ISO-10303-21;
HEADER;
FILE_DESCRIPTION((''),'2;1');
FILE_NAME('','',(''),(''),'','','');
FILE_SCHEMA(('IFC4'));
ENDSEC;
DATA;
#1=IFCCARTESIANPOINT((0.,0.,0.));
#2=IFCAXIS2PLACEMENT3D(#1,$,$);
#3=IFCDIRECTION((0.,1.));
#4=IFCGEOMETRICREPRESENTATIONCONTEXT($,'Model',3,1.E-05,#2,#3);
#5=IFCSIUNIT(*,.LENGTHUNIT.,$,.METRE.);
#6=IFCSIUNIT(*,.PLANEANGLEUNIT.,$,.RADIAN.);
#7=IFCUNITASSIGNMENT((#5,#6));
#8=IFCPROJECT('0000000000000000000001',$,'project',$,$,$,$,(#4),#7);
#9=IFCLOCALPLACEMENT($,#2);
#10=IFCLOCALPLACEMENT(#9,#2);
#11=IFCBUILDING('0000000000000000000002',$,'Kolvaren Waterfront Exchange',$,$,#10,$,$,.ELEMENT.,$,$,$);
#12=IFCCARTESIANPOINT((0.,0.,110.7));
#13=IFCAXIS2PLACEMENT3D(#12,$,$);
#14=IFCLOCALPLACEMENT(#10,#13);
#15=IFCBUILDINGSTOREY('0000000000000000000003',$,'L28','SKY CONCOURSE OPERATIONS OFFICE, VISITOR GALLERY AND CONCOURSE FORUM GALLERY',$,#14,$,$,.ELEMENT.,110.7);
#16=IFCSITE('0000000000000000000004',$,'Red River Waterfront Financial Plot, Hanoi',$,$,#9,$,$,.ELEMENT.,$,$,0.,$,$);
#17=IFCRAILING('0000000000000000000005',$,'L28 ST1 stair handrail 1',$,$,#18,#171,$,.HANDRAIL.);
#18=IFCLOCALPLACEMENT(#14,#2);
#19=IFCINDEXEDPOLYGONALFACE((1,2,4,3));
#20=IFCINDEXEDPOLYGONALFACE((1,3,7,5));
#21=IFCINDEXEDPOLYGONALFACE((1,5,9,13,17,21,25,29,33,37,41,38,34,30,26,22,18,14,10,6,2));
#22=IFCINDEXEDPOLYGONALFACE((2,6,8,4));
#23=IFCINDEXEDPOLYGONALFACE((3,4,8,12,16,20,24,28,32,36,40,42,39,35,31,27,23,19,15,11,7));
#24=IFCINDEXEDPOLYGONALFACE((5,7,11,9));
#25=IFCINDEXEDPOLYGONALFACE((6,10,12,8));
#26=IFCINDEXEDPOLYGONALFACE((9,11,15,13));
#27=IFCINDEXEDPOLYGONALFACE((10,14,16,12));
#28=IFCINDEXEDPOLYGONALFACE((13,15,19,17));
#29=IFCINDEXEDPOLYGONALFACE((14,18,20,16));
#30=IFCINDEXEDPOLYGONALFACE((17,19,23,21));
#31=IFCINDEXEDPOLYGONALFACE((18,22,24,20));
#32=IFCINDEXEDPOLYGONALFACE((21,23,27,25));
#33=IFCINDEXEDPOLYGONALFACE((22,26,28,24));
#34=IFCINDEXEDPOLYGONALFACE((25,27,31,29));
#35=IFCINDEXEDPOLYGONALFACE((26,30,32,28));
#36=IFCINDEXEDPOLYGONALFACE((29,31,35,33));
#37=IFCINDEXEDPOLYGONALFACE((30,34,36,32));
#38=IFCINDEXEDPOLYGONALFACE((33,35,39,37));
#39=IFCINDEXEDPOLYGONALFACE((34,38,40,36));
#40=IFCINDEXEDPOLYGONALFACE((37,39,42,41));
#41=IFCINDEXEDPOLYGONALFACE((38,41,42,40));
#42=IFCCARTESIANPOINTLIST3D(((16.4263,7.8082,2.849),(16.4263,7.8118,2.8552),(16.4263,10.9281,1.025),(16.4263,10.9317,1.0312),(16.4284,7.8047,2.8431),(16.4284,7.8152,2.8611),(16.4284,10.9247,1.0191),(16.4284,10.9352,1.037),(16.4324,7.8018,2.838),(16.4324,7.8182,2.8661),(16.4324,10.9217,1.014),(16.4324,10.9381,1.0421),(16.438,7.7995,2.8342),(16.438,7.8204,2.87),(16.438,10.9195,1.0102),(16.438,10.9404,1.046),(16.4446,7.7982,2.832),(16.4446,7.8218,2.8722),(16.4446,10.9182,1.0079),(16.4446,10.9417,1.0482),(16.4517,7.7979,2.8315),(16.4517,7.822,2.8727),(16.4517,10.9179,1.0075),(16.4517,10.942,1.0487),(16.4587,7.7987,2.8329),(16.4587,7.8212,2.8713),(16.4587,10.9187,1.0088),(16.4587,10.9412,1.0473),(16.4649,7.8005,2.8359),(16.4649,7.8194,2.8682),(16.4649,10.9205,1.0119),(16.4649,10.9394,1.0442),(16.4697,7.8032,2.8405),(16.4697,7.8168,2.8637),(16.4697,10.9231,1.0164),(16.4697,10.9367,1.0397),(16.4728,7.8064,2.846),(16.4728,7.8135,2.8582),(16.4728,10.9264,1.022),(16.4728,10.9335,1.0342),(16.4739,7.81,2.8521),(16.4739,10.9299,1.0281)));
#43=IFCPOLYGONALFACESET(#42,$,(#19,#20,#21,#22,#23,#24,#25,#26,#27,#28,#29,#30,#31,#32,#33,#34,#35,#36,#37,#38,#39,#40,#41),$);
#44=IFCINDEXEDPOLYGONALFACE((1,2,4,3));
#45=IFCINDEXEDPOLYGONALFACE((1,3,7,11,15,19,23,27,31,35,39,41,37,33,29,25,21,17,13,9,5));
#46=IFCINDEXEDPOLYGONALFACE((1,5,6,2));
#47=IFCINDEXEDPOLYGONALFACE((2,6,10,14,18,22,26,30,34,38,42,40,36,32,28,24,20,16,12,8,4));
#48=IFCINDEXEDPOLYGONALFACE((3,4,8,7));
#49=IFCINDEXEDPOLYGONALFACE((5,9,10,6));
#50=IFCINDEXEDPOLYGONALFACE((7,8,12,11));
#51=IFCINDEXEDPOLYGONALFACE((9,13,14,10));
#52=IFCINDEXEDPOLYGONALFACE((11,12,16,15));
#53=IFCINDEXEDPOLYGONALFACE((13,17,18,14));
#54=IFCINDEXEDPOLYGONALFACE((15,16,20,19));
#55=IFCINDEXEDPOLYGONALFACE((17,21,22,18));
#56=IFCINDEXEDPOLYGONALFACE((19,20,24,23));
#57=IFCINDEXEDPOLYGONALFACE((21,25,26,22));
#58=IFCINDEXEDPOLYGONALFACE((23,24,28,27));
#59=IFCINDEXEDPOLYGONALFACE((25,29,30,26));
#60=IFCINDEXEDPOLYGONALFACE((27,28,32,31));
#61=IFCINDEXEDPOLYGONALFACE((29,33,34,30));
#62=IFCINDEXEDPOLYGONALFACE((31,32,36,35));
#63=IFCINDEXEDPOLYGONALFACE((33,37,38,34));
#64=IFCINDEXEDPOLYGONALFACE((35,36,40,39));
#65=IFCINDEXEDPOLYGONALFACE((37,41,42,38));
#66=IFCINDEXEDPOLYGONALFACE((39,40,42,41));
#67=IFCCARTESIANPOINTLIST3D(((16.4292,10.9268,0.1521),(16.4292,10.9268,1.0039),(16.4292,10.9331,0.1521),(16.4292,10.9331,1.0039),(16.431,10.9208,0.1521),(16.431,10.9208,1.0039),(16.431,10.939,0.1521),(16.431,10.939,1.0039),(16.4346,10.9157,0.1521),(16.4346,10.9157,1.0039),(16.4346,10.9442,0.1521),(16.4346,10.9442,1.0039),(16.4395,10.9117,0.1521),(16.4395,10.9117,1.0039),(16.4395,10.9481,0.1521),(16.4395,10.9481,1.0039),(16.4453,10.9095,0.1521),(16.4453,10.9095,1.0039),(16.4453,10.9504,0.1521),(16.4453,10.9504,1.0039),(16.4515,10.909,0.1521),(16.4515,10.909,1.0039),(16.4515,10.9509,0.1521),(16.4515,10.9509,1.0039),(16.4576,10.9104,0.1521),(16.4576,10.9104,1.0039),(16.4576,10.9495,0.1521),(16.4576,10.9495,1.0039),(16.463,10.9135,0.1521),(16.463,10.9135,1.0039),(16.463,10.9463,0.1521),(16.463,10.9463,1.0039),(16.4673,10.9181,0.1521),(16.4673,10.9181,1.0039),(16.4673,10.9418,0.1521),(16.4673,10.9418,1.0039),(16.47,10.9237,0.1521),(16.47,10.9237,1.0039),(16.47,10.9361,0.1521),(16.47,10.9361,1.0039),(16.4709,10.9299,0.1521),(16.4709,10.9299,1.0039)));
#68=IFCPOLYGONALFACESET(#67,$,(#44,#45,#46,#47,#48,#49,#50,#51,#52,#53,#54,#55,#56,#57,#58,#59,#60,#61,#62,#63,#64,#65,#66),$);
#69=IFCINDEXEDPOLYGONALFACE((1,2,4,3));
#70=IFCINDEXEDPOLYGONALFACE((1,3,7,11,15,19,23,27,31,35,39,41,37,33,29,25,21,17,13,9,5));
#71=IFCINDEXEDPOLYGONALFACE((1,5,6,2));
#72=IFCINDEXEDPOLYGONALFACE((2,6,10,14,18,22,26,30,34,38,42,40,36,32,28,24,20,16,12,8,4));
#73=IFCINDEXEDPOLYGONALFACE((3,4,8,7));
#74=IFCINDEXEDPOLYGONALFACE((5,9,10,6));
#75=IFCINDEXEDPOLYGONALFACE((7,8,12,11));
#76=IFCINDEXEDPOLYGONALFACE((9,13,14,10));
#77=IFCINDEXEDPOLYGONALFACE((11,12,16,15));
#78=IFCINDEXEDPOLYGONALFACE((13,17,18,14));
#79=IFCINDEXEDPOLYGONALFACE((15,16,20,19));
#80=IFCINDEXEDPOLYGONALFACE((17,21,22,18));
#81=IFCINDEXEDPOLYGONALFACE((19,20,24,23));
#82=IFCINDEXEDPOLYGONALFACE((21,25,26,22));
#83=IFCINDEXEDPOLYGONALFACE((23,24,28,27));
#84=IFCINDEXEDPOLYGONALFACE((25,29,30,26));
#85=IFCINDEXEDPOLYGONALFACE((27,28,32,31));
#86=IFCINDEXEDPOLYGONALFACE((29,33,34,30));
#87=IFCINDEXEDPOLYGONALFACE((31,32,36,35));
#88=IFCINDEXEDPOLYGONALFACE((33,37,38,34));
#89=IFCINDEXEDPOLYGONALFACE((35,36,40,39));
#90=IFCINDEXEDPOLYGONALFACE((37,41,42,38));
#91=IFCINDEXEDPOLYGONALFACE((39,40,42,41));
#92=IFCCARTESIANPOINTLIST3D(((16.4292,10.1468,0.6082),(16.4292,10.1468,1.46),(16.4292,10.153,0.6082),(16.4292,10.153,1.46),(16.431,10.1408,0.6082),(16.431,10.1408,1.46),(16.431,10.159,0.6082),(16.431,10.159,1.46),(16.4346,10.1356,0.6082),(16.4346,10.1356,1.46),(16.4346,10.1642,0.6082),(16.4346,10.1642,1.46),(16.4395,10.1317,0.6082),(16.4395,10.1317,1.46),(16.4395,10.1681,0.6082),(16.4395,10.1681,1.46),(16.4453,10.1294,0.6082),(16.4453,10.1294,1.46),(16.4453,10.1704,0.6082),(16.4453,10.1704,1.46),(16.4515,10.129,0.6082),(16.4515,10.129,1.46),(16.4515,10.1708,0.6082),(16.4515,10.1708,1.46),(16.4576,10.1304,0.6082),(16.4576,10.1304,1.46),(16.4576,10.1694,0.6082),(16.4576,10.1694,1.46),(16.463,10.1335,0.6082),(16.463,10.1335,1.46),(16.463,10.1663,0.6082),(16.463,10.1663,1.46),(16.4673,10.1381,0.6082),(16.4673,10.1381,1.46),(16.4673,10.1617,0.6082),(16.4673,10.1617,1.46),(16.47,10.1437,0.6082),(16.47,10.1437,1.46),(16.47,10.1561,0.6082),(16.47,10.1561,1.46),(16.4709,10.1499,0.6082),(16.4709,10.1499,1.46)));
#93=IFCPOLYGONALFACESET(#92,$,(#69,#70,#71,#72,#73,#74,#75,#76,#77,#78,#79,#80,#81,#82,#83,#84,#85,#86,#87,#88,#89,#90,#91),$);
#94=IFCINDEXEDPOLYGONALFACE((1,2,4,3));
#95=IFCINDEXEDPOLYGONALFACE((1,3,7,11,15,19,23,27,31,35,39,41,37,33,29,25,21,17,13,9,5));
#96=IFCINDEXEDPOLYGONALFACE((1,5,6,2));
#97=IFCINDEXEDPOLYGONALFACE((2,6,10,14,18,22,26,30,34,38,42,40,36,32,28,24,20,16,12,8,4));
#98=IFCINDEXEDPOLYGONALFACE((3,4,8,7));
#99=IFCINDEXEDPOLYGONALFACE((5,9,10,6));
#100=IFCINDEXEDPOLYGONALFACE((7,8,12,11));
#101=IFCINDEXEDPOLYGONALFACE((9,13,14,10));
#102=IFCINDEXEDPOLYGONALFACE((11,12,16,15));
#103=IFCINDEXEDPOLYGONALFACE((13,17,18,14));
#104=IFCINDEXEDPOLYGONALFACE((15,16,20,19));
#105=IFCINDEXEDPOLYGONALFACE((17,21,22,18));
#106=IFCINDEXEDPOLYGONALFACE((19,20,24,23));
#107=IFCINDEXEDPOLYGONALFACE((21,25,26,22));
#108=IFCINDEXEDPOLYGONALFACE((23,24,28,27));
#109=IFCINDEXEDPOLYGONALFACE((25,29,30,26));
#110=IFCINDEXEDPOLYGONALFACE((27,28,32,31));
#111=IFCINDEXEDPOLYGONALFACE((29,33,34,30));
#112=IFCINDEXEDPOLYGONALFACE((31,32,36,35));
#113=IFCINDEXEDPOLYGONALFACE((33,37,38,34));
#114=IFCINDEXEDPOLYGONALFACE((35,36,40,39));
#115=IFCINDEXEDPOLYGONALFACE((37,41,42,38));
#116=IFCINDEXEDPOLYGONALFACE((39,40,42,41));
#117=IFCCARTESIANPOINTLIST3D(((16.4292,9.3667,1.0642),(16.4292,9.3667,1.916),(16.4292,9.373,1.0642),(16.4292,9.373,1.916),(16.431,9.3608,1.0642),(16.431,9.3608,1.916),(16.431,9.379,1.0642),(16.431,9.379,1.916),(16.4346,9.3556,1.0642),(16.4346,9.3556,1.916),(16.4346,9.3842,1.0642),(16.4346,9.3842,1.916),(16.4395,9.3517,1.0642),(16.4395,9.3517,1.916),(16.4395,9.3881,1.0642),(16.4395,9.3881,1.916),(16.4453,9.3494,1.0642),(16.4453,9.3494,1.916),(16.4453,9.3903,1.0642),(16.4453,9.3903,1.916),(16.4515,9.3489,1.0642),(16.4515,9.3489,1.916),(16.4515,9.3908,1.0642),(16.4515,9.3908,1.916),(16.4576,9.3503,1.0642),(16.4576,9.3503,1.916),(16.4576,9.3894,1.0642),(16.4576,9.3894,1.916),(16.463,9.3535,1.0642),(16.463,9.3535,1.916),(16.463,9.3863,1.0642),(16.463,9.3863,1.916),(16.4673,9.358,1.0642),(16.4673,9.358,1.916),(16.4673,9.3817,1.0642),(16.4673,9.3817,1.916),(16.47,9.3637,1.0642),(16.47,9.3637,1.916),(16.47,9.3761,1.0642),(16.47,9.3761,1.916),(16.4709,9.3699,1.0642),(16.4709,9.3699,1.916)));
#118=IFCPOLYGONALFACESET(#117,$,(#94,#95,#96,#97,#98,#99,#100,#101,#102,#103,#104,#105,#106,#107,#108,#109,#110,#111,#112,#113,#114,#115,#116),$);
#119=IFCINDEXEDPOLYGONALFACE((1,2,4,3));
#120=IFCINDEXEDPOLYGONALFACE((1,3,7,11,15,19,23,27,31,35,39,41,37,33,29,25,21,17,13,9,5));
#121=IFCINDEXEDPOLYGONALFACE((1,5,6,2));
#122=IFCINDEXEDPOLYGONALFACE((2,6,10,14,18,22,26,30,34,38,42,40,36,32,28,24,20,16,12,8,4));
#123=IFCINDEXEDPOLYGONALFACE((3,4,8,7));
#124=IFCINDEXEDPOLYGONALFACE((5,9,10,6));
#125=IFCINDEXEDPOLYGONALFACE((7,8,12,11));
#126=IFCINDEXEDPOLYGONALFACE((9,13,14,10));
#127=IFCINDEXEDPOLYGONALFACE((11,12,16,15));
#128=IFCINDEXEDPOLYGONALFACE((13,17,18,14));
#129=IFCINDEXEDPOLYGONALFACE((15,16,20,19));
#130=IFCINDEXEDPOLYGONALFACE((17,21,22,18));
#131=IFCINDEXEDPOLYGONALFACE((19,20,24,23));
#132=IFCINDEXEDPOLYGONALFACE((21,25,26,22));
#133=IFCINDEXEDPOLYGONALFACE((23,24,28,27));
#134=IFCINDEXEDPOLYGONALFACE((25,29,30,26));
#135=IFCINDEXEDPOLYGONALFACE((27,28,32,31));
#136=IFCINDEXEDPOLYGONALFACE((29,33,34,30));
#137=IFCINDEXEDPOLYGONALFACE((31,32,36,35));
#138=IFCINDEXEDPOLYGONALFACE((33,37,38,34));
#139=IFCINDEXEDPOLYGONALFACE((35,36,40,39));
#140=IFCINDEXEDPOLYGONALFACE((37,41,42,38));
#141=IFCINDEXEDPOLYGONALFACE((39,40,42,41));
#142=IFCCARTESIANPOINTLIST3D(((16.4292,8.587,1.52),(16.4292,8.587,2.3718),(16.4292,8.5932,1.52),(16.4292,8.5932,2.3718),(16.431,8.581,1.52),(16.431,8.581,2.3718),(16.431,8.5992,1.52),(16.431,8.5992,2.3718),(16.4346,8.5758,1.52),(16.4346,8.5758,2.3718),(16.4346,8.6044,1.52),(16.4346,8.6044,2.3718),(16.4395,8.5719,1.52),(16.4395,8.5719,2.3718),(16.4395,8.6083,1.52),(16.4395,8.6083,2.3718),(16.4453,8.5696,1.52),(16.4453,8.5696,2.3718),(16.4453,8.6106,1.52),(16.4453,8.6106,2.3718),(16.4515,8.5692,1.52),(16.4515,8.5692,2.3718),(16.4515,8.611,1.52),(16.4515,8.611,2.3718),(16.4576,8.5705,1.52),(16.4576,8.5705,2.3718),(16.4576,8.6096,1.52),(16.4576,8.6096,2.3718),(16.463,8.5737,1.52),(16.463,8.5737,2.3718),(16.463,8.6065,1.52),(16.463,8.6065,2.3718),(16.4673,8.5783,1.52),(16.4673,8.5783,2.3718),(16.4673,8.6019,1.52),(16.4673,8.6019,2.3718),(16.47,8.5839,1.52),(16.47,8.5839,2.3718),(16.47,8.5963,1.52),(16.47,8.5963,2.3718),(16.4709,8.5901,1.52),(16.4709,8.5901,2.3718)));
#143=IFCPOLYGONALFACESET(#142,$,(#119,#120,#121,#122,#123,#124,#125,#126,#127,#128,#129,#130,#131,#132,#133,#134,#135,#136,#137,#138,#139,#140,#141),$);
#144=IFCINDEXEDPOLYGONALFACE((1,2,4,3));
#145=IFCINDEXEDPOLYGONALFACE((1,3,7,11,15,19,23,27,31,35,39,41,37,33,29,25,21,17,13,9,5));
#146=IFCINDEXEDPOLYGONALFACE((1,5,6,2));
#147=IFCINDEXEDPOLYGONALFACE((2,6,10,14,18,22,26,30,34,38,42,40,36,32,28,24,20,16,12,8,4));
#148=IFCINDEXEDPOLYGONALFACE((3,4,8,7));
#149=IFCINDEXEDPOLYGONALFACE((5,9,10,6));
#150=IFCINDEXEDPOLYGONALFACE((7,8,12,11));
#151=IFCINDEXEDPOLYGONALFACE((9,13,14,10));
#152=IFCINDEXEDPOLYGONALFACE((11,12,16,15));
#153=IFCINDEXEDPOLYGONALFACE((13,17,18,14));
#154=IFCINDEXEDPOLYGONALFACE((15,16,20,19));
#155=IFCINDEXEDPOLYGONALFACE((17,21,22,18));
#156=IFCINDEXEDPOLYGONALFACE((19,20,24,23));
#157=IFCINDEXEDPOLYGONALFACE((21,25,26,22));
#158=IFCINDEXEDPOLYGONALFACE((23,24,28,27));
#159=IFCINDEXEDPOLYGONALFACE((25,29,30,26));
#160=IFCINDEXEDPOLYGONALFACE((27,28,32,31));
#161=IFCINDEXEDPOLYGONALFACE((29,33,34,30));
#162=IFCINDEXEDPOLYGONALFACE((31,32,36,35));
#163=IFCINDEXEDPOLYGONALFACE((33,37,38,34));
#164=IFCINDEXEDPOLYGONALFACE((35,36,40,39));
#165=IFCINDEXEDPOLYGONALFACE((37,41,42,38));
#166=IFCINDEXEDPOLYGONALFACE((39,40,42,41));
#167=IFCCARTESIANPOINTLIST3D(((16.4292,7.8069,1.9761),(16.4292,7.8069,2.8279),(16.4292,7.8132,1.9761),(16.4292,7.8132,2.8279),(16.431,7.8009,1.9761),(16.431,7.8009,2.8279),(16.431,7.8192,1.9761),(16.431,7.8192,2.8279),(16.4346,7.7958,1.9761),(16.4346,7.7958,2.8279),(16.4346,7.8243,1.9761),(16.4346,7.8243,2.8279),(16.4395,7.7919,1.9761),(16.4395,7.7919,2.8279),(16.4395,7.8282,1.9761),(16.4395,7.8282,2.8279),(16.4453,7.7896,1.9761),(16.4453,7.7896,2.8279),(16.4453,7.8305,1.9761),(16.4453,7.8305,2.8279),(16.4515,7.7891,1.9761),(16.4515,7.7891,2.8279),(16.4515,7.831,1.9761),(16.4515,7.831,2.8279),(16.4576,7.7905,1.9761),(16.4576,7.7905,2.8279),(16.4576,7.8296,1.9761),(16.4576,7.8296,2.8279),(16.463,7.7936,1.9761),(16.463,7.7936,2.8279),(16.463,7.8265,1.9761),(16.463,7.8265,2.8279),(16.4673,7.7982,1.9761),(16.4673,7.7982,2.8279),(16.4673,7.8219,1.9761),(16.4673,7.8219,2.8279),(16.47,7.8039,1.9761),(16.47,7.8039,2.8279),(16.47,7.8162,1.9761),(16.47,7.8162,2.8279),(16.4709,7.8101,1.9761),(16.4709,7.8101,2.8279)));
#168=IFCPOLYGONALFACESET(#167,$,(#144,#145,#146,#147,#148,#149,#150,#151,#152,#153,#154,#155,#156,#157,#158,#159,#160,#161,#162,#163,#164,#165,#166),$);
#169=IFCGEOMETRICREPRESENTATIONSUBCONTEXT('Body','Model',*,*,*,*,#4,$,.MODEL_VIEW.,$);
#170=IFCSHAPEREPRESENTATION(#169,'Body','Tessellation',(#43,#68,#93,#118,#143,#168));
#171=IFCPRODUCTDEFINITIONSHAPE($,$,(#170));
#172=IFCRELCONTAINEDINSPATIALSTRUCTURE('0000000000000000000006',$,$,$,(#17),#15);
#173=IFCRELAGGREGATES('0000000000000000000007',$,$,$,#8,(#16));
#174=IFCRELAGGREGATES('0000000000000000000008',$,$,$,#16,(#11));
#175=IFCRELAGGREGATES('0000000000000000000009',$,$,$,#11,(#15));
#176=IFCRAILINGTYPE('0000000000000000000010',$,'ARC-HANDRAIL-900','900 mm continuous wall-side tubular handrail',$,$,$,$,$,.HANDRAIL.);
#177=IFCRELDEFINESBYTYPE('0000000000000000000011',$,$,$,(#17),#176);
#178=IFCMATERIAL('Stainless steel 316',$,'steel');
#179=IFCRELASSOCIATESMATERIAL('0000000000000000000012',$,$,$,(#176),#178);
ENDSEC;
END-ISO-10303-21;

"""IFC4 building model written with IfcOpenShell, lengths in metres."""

from ifc_helpers import new_model, si_unit, direction, frame, origin, origin_2d, place, context, subcontext, project, spatial, circle, extrude, material, type_object, element, save


model = new_model("IFC4")

# Units and contexts
model_context = context("Model", 3, precision=1e-05, world=origin(), true_north=direction((0.0, 1.0)))
body_context = subcontext(model_context, "Body", "Model", "MODEL_VIEW")
ifc_project = project(units=[si_unit("LENGTHUNIT", "METRE"), si_unit("PLANEANGLEUNIT", "RADIAN")], contexts=[model_context])

# Site, building, storey
site_placement = place(None, origin())
site = spatial("IfcSite", under=ifc_project, at=site_placement, Name="Red River Waterfront Financial Plot, Hanoi", CompositionType="ELEMENT", RefElevation=0.0)
building_placement = place(site_placement, origin())
building = spatial("IfcBuilding", under=site, at=building_placement, Name="Kolvaren Waterfront Exchange", CompositionType="ELEMENT")
storey_placement = place(building_placement, frame((0.0, 0.0, 110.7)))
storey = spatial("IfcBuildingStorey", under=building, at=storey_placement, Name="L28", Description="SKY CONCOURSE OPERATIONS OFFICE, VISITOR GALLERY AND CONCOURSE FORUM GALLERY", CompositionType="ELEMENT", Elevation=110.7)

# Railing
ifc_material_1 = material(Name="Stainless steel 316", Category="steel")
railing_type_1 = type_object("IfcRailingType", Name="ARC-HANDRAIL-900", Description="900 mm continuous wall-side tubular handrail", PredefinedType="HANDRAIL", material=ifc_material_1)
railing_1_placement = place(storey_placement, frame((16.45, 10.9299, 0.1521)))
element("IfcRailing", 1, at=railing_1_placement, inside=storey, type_object=railing_type_1, Name="L28 ST1 stair handrail 1", PredefinedType="HANDRAIL", context=body_context, shape_type="SweptSolid", body=[
    extrude(circle(Radius=0.0239, at=origin_2d()), frame((0.0, 0.0, 0.876), z_axis=(0.0, -0.863291, 0.504707), x_axis=(1.0, 0.0, 0.0)), (0.0, 0.0, 1.0), 3.614),
    extrude(circle(Radius=0.021, at=origin_2d()), origin(), (0.0, 0.0, 1.0), 0.8518),
    extrude(circle(Radius=0.021, at=origin_2d()), frame((0.0, -0.78, 0.4561)), (0.0, 0.0, 1.0), 0.8518),
    extrude(circle(Radius=0.021, at=origin_2d()), frame((0.0, -1.5601, 0.9121)), (0.0, 0.0, 1.0), 0.8518),
    extrude(circle(Radius=0.021, at=origin_2d()), frame((0.0, -2.3398, 1.3679)), (0.0, 0.0, 1.0), 0.8518),
    extrude(circle(Radius=0.021, at=origin_2d()), frame((0.0, -3.1199, 1.824)), (0.0, 0.0, 1.0), 0.8518),
])

save(model, "model.ifc")
